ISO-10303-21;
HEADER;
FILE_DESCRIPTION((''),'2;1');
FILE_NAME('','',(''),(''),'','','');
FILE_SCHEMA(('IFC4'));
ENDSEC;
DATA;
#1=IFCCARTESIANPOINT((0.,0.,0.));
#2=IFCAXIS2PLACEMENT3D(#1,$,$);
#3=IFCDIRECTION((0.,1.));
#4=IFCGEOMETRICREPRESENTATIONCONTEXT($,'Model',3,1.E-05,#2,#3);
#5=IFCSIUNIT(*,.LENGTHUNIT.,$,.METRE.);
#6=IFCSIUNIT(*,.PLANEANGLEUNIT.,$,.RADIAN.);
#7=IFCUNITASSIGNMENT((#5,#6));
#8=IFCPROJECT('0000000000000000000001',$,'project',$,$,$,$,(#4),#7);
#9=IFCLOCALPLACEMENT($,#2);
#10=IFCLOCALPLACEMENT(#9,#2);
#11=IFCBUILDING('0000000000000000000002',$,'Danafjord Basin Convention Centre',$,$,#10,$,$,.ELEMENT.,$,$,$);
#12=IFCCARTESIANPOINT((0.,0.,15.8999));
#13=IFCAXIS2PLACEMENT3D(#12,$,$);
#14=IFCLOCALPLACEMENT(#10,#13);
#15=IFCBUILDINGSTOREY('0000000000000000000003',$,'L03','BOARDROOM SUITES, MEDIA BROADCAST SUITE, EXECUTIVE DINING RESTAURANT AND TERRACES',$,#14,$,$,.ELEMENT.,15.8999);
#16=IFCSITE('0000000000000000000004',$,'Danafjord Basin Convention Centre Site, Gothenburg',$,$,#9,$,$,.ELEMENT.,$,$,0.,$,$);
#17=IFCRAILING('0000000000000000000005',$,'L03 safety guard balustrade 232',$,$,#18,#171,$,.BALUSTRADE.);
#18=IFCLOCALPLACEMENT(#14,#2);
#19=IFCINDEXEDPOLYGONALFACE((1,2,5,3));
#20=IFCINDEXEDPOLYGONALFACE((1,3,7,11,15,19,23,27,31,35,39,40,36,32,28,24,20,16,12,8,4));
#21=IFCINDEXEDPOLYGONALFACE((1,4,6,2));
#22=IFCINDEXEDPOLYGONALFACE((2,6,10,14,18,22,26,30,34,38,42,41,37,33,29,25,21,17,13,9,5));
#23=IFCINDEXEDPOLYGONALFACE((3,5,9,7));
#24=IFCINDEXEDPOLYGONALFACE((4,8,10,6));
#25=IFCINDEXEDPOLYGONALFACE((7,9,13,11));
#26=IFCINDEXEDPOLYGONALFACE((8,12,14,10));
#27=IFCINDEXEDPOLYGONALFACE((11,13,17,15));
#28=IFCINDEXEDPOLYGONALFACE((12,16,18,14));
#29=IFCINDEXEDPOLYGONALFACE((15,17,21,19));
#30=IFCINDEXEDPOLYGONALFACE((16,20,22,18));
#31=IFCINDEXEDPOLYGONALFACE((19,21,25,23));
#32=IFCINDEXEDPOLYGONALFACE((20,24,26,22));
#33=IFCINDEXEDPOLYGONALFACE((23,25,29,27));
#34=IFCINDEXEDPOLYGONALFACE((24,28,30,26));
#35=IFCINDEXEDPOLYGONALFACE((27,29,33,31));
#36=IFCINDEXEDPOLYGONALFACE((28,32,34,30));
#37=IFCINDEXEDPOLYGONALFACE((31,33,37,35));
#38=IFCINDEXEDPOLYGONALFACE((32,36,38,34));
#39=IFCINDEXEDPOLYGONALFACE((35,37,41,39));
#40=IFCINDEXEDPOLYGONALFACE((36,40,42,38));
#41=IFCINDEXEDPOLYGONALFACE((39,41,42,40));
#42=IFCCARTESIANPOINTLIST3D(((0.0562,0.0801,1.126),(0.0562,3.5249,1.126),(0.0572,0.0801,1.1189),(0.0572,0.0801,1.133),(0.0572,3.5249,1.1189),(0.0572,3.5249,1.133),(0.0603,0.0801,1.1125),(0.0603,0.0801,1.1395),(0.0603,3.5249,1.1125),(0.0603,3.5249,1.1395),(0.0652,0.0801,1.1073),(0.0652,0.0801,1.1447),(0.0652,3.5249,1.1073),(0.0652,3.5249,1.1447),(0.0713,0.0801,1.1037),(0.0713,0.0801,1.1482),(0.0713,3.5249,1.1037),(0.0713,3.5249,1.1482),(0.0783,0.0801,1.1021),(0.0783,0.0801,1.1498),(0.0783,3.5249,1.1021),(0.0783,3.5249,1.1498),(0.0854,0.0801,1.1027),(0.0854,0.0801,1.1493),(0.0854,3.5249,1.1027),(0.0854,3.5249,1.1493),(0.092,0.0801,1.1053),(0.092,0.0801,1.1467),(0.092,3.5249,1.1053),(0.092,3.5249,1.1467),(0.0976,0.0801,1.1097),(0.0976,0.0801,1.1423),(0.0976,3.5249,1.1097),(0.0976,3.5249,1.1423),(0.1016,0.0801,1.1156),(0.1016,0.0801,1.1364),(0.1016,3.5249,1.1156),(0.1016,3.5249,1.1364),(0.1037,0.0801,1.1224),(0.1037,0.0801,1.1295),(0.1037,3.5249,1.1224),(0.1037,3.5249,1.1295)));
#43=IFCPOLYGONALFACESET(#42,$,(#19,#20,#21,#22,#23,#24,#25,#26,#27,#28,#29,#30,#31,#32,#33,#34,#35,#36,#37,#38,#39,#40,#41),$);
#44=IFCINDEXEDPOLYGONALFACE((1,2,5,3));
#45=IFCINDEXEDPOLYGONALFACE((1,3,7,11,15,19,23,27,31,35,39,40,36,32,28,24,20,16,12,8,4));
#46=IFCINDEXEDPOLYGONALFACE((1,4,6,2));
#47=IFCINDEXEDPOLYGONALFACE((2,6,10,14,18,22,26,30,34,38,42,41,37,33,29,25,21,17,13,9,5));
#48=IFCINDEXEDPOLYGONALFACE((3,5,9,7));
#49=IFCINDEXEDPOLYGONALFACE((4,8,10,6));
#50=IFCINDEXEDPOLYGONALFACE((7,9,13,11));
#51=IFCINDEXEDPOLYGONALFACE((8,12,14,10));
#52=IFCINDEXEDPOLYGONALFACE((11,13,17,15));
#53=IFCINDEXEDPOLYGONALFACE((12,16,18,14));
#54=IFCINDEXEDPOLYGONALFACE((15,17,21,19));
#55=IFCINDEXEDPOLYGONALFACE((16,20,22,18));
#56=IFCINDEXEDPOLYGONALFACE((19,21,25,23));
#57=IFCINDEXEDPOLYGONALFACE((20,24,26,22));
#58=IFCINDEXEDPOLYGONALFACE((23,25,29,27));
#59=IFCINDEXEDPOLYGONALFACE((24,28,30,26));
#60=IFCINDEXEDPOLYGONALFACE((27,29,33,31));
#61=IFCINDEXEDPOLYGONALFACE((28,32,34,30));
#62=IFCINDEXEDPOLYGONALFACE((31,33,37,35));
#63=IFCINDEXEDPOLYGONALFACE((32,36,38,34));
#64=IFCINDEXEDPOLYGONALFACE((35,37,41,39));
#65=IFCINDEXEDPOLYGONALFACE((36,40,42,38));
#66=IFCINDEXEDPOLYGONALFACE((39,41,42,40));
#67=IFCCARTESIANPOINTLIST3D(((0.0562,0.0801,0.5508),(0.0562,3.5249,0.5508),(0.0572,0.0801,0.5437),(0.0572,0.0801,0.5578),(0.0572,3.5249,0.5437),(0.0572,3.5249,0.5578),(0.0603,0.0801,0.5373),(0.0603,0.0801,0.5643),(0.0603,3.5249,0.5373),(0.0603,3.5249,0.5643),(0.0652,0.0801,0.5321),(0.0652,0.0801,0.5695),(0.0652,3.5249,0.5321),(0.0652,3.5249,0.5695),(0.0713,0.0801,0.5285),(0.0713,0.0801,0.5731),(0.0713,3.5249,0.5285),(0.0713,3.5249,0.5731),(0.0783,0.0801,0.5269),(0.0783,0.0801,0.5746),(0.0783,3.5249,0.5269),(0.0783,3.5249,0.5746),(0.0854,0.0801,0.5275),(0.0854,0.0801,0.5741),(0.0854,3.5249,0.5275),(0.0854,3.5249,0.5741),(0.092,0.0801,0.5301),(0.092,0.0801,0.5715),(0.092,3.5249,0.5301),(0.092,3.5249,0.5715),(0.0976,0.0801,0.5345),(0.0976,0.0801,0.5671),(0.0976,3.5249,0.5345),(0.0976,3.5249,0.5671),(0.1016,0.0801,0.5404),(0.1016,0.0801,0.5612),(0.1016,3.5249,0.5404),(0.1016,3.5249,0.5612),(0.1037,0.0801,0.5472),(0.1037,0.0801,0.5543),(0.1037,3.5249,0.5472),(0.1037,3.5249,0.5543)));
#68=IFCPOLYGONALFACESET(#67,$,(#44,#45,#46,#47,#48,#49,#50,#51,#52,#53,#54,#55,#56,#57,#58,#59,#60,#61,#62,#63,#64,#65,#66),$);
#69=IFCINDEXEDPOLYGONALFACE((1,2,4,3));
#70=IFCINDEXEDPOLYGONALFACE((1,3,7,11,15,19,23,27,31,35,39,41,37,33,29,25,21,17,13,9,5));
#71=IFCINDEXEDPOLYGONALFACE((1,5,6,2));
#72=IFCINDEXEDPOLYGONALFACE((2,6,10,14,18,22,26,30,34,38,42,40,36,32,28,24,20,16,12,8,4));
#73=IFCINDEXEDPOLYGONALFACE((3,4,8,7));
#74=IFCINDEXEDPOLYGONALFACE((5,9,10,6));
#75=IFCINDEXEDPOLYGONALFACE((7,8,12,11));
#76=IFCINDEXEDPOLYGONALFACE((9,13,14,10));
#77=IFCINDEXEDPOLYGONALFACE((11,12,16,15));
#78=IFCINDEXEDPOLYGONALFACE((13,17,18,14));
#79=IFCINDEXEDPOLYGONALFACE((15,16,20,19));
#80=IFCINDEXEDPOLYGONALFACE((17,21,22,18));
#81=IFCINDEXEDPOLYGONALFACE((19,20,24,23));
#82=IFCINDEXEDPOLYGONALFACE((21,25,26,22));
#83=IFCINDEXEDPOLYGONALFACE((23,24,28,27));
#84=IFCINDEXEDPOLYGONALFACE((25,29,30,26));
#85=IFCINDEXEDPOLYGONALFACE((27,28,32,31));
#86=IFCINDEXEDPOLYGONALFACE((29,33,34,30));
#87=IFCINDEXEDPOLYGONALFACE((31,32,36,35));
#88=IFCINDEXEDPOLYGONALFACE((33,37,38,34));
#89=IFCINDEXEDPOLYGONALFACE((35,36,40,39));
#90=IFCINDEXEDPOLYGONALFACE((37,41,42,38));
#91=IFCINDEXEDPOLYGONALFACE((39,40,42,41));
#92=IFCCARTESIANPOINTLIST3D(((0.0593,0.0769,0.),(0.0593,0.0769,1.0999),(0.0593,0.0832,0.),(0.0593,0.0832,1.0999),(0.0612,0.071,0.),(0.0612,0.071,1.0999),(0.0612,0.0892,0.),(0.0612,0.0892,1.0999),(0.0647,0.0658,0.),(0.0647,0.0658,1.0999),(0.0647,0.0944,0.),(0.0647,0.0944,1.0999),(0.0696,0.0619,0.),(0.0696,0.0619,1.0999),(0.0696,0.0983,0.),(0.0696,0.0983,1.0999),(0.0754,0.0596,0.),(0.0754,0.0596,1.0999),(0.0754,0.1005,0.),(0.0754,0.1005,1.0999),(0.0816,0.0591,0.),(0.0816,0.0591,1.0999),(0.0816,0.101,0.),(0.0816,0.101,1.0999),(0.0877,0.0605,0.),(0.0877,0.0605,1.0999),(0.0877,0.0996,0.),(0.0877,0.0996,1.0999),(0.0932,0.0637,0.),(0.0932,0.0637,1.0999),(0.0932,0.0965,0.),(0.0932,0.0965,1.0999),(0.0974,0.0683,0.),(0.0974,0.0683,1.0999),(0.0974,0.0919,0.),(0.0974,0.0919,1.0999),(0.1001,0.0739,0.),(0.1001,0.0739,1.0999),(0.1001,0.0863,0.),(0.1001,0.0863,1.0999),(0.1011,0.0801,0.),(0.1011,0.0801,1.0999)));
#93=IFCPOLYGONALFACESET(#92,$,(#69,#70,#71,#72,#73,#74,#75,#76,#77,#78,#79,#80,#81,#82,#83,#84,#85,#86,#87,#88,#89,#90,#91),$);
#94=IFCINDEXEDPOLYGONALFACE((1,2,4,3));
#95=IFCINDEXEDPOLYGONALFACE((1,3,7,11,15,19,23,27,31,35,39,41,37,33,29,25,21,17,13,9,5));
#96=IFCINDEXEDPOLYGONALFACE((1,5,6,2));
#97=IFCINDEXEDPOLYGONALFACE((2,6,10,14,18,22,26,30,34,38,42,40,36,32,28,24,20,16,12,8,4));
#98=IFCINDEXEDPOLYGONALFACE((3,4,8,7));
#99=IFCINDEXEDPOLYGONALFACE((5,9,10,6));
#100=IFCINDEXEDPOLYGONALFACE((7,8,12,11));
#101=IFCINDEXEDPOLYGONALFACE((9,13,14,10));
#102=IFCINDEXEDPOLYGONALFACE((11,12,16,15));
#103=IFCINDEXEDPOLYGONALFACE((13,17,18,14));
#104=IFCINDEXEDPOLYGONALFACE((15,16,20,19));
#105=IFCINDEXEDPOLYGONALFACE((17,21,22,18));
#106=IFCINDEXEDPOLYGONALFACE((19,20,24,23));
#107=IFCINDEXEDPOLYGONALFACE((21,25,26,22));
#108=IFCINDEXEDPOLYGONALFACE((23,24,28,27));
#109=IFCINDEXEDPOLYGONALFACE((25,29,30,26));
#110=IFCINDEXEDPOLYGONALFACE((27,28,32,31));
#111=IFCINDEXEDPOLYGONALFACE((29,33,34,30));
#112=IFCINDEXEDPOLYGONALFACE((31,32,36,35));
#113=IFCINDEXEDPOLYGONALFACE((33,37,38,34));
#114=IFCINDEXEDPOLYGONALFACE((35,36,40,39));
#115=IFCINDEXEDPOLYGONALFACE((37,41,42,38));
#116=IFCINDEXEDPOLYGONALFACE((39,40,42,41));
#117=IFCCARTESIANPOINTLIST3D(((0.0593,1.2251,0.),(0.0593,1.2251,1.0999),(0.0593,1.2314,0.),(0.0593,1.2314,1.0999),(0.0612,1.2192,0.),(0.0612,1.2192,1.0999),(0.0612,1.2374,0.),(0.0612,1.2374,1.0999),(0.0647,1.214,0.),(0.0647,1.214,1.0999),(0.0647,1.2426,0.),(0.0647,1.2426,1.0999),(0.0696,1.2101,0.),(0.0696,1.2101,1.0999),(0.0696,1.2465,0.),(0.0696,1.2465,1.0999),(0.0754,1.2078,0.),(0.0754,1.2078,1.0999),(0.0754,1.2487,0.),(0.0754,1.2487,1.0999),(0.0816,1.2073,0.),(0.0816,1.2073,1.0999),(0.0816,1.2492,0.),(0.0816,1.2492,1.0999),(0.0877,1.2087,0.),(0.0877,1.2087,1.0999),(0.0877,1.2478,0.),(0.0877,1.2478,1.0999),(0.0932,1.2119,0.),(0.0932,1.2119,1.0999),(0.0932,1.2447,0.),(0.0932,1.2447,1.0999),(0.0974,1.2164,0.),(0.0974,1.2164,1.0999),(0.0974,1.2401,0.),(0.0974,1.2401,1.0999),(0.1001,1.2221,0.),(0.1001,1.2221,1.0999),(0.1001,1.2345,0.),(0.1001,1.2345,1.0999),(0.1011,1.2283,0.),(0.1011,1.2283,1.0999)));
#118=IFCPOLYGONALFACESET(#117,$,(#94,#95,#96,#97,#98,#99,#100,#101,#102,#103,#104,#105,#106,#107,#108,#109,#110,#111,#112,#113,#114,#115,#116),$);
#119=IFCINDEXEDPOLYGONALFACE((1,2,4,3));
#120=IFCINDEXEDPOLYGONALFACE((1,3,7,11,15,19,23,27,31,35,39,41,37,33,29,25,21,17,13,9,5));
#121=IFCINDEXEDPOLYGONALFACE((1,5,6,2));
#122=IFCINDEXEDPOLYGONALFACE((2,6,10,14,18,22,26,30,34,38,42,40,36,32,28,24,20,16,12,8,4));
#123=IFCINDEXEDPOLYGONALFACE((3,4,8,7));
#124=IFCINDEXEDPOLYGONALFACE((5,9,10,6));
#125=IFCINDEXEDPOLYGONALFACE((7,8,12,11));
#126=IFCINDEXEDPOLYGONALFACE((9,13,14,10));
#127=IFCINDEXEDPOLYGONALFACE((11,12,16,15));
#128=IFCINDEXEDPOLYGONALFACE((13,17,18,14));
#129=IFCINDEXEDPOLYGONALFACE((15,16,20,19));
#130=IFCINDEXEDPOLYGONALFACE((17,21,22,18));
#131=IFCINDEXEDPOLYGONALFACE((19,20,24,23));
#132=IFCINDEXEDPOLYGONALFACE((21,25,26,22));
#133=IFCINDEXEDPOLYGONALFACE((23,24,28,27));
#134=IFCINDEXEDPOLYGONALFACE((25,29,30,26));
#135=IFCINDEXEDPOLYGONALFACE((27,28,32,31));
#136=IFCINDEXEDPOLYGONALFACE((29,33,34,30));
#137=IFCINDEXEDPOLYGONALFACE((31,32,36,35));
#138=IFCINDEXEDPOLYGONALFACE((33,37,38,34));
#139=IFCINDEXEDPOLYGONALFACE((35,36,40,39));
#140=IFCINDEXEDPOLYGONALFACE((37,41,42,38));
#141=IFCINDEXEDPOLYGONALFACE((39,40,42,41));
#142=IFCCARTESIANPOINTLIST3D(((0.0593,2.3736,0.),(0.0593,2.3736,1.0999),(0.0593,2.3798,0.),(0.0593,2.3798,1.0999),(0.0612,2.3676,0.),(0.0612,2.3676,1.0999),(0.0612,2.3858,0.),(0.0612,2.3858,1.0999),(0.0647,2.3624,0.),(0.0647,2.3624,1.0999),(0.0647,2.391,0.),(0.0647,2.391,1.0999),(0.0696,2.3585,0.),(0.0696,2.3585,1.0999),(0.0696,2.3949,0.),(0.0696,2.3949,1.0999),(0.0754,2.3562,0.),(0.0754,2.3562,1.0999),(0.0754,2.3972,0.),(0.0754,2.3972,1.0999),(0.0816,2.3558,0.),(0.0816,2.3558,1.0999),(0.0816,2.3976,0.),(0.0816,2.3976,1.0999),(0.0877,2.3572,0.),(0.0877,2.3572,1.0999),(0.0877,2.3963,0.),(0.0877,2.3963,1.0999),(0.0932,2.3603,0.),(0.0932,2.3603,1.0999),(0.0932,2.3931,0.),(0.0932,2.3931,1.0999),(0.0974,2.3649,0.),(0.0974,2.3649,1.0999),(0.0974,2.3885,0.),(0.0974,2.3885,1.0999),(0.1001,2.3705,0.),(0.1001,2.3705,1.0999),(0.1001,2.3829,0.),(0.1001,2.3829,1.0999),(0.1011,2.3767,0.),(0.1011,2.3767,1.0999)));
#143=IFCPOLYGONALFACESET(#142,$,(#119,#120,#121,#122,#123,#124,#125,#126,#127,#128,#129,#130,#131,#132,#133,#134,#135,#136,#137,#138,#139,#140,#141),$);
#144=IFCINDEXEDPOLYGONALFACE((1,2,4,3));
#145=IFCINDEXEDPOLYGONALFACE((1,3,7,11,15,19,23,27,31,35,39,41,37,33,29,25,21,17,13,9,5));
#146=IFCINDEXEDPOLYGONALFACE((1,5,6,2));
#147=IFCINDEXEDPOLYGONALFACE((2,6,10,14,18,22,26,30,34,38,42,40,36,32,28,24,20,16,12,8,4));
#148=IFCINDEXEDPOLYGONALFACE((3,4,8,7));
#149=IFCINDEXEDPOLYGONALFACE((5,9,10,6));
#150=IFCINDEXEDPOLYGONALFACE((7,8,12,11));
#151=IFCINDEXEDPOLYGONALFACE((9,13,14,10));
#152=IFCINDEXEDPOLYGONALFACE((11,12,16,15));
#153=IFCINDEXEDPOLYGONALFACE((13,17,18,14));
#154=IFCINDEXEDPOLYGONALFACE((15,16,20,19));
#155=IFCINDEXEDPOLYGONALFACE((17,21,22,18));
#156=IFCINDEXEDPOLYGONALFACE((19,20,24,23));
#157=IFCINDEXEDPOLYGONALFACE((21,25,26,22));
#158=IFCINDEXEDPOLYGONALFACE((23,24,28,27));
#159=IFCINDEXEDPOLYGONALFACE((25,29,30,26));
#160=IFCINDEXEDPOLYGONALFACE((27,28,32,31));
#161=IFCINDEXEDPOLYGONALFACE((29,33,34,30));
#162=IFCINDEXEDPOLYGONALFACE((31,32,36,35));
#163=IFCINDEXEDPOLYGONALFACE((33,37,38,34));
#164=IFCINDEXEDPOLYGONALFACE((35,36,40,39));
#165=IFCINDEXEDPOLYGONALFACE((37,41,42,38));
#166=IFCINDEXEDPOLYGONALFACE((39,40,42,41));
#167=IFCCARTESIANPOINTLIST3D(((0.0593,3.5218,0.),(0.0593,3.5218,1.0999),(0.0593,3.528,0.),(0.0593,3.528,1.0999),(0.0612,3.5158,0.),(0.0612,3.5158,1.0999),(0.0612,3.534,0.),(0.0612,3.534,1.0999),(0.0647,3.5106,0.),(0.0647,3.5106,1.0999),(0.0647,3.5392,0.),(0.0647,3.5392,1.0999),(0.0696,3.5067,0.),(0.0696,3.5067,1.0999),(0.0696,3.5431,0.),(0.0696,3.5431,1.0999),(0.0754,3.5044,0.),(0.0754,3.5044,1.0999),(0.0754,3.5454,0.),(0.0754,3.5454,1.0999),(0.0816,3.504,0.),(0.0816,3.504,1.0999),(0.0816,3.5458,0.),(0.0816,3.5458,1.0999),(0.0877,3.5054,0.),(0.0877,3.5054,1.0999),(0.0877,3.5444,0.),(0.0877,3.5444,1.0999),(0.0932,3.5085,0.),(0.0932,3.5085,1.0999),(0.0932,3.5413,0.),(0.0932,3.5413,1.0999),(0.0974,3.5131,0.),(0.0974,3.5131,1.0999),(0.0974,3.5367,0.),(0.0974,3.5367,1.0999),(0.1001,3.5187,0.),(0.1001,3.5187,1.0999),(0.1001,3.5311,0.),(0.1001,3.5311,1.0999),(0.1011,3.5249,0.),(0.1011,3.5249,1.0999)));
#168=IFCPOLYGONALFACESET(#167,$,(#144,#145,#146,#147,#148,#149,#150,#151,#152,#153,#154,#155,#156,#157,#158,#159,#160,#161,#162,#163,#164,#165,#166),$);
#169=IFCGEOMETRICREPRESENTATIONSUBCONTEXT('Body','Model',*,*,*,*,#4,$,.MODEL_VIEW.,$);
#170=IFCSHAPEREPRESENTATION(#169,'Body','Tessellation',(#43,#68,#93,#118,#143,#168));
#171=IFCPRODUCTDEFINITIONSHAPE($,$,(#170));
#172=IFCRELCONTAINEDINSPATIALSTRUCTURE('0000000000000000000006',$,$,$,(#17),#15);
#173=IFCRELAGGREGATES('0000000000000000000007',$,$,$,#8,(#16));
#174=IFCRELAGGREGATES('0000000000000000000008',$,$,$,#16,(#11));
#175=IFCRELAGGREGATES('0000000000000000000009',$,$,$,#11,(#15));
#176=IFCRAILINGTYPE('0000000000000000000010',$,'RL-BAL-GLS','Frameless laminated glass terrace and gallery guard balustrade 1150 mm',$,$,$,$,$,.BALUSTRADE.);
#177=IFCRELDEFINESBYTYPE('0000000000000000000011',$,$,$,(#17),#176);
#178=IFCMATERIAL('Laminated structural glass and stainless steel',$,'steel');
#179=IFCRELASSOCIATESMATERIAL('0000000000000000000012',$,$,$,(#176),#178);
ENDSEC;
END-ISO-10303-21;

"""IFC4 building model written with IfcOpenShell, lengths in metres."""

from ifc_helpers import new_model, si_unit, direction, frame, origin, origin_2d, place, context, subcontext, project, spatial, circle, extrude, material, type_object, element, save


model = new_model("IFC4")

# Units and contexts
model_context = context("Model", 3, precision=1e-05, world=origin(), true_north=direction((0.0, 1.0)))
body_context = subcontext(model_context, "Body", "Model", "MODEL_VIEW")
ifc_project = project(units=[si_unit("LENGTHUNIT", "METRE"), si_unit("PLANEANGLEUNIT", "RADIAN")], contexts=[model_context])

# Site, building, storey
site_placement = place(None, origin())
site = spatial("IfcSite", under=ifc_project, at=site_placement, Name="Danafjord Basin Convention Centre Site, Gothenburg", CompositionType="ELEMENT", RefElevation=0.0)
building_placement = place(site_placement, origin())
building = spatial("IfcBuilding", under=site, at=building_placement, Name="Danafjord Basin Convention Centre", CompositionType="ELEMENT")
storey_placement = place(building_placement, frame((0.0, 0.0, 15.8999)))
storey = spatial("IfcBuildingStorey", under=building, at=storey_placement, Name="L03", Description="BOARDROOM SUITES, MEDIA BROADCAST SUITE, EXECUTIVE DINING RESTAURANT AND TERRACES", CompositionType="ELEMENT", Elevation=15.8999)

# Railing
ifc_material_1 = material(Name="Laminated structural glass and stainless steel", Category="steel")
railing_type = type_object("IfcRailingType", Name="RL-BAL-GLS", Description="Frameless laminated glass terrace and gallery guard balustrade 1150 mm", PredefinedType="BALUSTRADE", material=ifc_material_1)
railing_placement = place(storey_placement, frame((0.0801, 0.0801, 0.0)))
element("IfcRailing", 1, at=railing_placement, inside=storey, type_object=railing_type, Name="L03 safety guard balustrade 232", PredefinedType="BALUSTRADE", context=body_context, shape_type="SweptSolid", body=[
    extrude(circle(Radius=0.0239, at=origin_2d()), frame((0.0, 0.0, 1.126), z_axis=(0.0, 1.0, 0.0), x_axis=(-1.0, 0.0, 0.0)), (0.0, 0.0, 1.0), 3.4448),
    extrude(circle(Radius=0.0239, at=origin_2d()), frame((0.0, 0.0, 0.5508), z_axis=(0.0, 1.0, 0.0), x_axis=(-1.0, 0.0, 0.0)), (0.0, 0.0, 1.0), 3.4448),
    extrude(circle(Radius=0.021, at=origin_2d()), origin(), (0.0, 0.0, 1.0), 1.0999),
    extrude(circle(Radius=0.021, at=origin_2d()), frame((0.0, 1.1482, 0.0)), (0.0, 0.0, 1.0), 1.0999),
    extrude(circle(Radius=0.021, at=origin_2d()), frame((0.0, 2.2966, 0.0)), (0.0, 0.0, 1.0), 1.0999),
    extrude(circle(Radius=0.021, at=origin_2d()), frame((0.0, 3.4448, 0.0)), (0.0, 0.0, 1.0), 1.0999),
])

save(model, "model.ifc")
